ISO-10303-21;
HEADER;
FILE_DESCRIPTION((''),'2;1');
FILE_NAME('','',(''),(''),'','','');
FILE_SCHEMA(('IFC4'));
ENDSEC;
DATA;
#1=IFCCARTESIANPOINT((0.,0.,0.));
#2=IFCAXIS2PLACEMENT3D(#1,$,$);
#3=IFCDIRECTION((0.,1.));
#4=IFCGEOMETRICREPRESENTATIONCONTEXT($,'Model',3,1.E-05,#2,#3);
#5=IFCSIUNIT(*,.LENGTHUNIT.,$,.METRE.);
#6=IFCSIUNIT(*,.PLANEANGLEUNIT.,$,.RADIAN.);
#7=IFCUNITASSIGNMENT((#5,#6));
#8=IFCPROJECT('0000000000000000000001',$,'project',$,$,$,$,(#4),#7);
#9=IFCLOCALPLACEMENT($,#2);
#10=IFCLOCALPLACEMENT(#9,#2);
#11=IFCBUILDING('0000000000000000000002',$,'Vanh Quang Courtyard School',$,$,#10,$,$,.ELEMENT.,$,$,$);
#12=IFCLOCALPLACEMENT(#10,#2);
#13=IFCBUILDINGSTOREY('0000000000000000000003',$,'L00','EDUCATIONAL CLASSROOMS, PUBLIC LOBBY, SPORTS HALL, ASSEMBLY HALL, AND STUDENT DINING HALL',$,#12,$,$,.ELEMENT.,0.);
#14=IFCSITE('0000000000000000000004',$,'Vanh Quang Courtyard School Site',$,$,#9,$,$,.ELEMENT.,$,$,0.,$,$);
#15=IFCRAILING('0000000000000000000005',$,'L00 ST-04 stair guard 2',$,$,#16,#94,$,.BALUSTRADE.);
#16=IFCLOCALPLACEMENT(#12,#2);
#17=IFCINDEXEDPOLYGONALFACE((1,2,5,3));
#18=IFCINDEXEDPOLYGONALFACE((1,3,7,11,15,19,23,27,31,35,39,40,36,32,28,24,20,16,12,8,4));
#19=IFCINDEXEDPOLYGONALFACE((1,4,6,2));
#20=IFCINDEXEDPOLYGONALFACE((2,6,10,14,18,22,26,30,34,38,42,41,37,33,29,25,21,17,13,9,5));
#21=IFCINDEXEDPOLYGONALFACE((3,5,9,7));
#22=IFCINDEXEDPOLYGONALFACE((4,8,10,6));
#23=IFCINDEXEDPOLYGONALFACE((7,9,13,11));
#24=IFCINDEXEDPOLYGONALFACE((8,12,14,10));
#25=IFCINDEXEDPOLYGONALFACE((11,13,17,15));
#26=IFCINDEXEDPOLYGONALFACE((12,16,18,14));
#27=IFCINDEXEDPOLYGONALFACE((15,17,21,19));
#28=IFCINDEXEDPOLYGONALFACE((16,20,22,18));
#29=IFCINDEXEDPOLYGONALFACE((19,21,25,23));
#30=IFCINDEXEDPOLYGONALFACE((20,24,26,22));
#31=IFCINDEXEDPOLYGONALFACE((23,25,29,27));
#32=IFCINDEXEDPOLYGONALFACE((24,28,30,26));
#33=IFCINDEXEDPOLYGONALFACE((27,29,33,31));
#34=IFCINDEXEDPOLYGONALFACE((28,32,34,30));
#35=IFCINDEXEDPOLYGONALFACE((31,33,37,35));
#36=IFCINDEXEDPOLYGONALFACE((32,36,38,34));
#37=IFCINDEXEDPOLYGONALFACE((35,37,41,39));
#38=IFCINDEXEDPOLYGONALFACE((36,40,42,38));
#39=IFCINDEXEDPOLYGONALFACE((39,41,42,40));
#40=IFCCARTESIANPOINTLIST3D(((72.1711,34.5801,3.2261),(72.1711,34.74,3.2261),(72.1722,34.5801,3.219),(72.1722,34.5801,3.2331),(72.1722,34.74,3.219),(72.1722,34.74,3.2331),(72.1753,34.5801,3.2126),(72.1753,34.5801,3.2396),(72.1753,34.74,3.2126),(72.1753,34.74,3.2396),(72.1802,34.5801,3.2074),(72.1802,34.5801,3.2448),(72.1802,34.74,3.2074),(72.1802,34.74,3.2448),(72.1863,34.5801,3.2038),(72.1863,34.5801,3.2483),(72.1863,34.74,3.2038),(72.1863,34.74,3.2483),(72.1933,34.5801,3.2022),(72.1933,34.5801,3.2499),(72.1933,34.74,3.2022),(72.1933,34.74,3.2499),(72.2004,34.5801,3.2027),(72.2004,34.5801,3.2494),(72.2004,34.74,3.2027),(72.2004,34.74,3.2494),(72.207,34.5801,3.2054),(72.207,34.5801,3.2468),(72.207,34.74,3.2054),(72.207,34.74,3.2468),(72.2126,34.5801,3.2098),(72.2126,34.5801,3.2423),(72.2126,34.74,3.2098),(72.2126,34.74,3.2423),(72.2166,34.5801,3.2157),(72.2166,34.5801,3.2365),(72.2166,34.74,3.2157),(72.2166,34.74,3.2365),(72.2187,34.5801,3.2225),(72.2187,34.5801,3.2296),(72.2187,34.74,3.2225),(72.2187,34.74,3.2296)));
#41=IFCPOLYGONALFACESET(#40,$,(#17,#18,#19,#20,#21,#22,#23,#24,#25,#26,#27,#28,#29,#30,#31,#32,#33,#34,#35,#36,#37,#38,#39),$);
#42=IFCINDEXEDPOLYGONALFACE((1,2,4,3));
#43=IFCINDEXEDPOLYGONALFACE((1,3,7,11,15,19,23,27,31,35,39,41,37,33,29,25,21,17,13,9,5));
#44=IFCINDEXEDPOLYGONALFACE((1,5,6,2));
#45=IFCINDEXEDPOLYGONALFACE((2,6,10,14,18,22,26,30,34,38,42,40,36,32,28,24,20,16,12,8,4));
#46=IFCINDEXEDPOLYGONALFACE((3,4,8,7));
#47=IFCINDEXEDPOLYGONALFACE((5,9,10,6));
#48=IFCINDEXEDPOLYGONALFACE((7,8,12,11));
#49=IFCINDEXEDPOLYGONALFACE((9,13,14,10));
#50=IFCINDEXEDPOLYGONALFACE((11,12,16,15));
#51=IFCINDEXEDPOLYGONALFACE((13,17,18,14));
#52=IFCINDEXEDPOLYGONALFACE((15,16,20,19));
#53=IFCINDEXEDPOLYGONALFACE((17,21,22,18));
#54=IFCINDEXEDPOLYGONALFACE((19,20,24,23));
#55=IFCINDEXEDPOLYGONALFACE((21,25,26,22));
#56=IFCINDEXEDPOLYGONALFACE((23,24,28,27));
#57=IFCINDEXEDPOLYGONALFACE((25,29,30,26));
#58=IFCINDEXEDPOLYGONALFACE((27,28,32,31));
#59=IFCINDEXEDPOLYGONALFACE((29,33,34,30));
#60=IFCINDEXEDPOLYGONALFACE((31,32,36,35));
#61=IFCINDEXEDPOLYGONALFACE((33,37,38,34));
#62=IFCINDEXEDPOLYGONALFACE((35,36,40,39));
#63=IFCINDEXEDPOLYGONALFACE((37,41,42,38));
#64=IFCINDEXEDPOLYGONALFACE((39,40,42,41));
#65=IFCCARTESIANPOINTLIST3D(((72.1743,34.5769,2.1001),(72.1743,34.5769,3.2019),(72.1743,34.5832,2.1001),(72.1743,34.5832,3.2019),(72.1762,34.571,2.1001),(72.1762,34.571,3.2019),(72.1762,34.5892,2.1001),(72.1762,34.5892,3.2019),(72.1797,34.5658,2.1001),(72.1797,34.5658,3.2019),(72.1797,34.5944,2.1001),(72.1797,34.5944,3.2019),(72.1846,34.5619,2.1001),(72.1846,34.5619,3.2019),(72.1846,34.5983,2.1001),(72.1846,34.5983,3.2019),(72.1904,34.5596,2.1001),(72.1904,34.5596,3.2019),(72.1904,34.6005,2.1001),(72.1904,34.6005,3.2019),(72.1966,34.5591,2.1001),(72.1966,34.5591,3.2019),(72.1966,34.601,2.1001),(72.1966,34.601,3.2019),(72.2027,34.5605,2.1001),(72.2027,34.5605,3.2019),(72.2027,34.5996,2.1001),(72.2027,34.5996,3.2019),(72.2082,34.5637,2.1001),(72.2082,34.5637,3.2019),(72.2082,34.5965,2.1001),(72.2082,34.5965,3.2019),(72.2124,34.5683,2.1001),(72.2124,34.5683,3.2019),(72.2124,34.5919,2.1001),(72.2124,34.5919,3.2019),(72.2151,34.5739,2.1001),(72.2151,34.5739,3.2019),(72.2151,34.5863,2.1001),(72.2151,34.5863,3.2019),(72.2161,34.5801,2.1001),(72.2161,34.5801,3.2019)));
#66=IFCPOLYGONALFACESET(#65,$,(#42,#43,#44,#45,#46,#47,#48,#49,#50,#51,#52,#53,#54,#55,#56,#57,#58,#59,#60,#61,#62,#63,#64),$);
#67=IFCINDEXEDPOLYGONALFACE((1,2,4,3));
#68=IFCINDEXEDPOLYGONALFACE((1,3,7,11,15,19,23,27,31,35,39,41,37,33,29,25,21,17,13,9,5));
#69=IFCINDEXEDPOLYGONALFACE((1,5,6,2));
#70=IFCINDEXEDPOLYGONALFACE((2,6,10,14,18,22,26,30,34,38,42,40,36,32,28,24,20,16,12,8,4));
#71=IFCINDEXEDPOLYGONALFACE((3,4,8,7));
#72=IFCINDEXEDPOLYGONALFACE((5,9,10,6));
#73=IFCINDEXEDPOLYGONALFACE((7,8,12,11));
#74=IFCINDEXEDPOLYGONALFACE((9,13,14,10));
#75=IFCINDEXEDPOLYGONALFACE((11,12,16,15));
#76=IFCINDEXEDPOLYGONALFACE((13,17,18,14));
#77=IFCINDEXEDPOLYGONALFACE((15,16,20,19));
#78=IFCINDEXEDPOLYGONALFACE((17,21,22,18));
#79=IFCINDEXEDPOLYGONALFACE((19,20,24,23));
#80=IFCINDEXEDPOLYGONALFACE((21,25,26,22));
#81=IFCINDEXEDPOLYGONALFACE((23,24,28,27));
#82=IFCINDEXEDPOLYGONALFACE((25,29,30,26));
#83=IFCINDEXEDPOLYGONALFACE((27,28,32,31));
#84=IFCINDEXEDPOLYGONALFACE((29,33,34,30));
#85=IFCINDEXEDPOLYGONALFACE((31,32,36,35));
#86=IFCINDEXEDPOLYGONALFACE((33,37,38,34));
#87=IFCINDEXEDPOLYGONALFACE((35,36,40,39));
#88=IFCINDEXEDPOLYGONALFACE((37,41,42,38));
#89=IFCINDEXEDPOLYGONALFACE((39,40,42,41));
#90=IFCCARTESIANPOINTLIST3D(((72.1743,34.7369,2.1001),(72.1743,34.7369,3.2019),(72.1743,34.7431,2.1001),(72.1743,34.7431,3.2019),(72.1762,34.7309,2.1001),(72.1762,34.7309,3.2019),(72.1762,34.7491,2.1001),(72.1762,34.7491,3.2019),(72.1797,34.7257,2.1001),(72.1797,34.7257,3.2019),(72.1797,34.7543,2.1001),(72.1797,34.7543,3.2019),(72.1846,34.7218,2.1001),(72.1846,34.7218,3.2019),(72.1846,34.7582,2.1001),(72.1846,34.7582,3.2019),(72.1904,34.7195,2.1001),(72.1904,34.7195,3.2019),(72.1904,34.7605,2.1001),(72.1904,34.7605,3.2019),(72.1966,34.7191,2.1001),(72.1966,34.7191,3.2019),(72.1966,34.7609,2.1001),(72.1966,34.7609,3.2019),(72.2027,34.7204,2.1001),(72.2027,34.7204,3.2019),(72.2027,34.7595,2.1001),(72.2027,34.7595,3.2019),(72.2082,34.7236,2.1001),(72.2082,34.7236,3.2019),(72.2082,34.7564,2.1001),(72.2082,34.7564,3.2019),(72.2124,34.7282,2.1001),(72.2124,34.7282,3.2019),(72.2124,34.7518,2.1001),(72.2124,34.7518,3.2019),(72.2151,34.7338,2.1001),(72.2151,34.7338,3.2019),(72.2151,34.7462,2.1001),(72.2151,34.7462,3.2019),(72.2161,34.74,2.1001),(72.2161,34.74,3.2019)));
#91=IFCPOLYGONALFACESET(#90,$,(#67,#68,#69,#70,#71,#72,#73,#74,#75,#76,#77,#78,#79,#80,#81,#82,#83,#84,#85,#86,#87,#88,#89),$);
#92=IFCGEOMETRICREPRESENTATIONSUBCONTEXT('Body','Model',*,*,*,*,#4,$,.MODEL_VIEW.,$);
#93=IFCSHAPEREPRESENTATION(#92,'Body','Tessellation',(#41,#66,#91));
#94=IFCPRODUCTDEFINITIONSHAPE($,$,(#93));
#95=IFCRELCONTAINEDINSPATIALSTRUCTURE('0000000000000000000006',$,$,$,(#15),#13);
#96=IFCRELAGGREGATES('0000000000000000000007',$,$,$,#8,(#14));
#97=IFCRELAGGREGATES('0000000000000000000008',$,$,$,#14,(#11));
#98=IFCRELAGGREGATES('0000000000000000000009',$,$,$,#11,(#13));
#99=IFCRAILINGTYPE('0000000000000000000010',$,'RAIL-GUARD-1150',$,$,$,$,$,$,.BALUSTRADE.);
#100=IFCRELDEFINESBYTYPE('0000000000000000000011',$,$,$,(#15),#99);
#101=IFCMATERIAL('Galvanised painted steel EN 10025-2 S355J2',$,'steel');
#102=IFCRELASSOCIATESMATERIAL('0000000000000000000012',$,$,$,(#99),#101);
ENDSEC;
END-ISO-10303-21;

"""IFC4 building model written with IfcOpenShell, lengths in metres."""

from ifc_helpers import new_model, si_unit, direction, frame, origin, origin_2d, place, context, subcontext, project, spatial, circle, extrude, material, type_object, element, save


model = new_model("IFC4")

# Units and contexts
model_context = context("Model", 3, precision=1e-05, world=origin(), true_north=direction((0.0, 1.0)))
body_context = subcontext(model_context, "Body", "Model", "MODEL_VIEW")
ifc_project = project(units=[si_unit("LENGTHUNIT", "METRE"), si_unit("PLANEANGLEUNIT", "RADIAN")], contexts=[model_context])

# Site, building, storey
site_placement = place(None, origin())
site = spatial("IfcSite", under=ifc_project, at=site_placement, Name="Vanh Quang Courtyard School Site", CompositionType="ELEMENT", RefElevation=0.0)
building_placement = place(site_placement, origin())
building = spatial("IfcBuilding", under=site, at=building_placement, Name="Vanh Quang Courtyard School", CompositionType="ELEMENT")
storey_placement = place(building_placement, origin())
storey = spatial("IfcBuildingStorey", under=building, at=storey_placement, Name="L00", Description="EDUCATIONAL CLASSROOMS, PUBLIC LOBBY, SPORTS HALL, ASSEMBLY HALL, AND STUDENT DINING HALL", CompositionType="ELEMENT", Elevation=0.0)

# Railing
ifc_material_1 = material(Name="Galvanised painted steel EN 10025-2 S355J2", Category="steel")
railing_type_1 = type_object("IfcRailingType", Name="RAIL-GUARD-1150", PredefinedType="BALUSTRADE", material=ifc_material_1)
railing_1_placement = place(storey_placement, frame((72.1951, 34.5801, 2.1001)))
element("IfcRailing", 1, at=railing_1_placement, inside=storey, type_object=railing_type_1, Name="L00 ST-04 stair guard 2", PredefinedType="BALUSTRADE", context=body_context, shape_type="SweptSolid", body=[
    extrude(circle(Radius=0.0239, at=origin_2d()), frame((0.0, 0.0, 1.126), z_axis=(0.0, 1.0, 0.0), x_axis=(-1.0, 0.0, 0.0)), (0.0, 0.0, 1.0), 0.1599),
    extrude(circle(Radius=0.021, at=origin_2d()), origin(), (0.0, 0.0, 1.0), 1.1018),
    extrude(circle(Radius=0.021, at=origin_2d()), frame((0.0, 0.1599, 0.0)), (0.0, 0.0, 1.0), 1.1018),
])

save(model, "model.ifc")
